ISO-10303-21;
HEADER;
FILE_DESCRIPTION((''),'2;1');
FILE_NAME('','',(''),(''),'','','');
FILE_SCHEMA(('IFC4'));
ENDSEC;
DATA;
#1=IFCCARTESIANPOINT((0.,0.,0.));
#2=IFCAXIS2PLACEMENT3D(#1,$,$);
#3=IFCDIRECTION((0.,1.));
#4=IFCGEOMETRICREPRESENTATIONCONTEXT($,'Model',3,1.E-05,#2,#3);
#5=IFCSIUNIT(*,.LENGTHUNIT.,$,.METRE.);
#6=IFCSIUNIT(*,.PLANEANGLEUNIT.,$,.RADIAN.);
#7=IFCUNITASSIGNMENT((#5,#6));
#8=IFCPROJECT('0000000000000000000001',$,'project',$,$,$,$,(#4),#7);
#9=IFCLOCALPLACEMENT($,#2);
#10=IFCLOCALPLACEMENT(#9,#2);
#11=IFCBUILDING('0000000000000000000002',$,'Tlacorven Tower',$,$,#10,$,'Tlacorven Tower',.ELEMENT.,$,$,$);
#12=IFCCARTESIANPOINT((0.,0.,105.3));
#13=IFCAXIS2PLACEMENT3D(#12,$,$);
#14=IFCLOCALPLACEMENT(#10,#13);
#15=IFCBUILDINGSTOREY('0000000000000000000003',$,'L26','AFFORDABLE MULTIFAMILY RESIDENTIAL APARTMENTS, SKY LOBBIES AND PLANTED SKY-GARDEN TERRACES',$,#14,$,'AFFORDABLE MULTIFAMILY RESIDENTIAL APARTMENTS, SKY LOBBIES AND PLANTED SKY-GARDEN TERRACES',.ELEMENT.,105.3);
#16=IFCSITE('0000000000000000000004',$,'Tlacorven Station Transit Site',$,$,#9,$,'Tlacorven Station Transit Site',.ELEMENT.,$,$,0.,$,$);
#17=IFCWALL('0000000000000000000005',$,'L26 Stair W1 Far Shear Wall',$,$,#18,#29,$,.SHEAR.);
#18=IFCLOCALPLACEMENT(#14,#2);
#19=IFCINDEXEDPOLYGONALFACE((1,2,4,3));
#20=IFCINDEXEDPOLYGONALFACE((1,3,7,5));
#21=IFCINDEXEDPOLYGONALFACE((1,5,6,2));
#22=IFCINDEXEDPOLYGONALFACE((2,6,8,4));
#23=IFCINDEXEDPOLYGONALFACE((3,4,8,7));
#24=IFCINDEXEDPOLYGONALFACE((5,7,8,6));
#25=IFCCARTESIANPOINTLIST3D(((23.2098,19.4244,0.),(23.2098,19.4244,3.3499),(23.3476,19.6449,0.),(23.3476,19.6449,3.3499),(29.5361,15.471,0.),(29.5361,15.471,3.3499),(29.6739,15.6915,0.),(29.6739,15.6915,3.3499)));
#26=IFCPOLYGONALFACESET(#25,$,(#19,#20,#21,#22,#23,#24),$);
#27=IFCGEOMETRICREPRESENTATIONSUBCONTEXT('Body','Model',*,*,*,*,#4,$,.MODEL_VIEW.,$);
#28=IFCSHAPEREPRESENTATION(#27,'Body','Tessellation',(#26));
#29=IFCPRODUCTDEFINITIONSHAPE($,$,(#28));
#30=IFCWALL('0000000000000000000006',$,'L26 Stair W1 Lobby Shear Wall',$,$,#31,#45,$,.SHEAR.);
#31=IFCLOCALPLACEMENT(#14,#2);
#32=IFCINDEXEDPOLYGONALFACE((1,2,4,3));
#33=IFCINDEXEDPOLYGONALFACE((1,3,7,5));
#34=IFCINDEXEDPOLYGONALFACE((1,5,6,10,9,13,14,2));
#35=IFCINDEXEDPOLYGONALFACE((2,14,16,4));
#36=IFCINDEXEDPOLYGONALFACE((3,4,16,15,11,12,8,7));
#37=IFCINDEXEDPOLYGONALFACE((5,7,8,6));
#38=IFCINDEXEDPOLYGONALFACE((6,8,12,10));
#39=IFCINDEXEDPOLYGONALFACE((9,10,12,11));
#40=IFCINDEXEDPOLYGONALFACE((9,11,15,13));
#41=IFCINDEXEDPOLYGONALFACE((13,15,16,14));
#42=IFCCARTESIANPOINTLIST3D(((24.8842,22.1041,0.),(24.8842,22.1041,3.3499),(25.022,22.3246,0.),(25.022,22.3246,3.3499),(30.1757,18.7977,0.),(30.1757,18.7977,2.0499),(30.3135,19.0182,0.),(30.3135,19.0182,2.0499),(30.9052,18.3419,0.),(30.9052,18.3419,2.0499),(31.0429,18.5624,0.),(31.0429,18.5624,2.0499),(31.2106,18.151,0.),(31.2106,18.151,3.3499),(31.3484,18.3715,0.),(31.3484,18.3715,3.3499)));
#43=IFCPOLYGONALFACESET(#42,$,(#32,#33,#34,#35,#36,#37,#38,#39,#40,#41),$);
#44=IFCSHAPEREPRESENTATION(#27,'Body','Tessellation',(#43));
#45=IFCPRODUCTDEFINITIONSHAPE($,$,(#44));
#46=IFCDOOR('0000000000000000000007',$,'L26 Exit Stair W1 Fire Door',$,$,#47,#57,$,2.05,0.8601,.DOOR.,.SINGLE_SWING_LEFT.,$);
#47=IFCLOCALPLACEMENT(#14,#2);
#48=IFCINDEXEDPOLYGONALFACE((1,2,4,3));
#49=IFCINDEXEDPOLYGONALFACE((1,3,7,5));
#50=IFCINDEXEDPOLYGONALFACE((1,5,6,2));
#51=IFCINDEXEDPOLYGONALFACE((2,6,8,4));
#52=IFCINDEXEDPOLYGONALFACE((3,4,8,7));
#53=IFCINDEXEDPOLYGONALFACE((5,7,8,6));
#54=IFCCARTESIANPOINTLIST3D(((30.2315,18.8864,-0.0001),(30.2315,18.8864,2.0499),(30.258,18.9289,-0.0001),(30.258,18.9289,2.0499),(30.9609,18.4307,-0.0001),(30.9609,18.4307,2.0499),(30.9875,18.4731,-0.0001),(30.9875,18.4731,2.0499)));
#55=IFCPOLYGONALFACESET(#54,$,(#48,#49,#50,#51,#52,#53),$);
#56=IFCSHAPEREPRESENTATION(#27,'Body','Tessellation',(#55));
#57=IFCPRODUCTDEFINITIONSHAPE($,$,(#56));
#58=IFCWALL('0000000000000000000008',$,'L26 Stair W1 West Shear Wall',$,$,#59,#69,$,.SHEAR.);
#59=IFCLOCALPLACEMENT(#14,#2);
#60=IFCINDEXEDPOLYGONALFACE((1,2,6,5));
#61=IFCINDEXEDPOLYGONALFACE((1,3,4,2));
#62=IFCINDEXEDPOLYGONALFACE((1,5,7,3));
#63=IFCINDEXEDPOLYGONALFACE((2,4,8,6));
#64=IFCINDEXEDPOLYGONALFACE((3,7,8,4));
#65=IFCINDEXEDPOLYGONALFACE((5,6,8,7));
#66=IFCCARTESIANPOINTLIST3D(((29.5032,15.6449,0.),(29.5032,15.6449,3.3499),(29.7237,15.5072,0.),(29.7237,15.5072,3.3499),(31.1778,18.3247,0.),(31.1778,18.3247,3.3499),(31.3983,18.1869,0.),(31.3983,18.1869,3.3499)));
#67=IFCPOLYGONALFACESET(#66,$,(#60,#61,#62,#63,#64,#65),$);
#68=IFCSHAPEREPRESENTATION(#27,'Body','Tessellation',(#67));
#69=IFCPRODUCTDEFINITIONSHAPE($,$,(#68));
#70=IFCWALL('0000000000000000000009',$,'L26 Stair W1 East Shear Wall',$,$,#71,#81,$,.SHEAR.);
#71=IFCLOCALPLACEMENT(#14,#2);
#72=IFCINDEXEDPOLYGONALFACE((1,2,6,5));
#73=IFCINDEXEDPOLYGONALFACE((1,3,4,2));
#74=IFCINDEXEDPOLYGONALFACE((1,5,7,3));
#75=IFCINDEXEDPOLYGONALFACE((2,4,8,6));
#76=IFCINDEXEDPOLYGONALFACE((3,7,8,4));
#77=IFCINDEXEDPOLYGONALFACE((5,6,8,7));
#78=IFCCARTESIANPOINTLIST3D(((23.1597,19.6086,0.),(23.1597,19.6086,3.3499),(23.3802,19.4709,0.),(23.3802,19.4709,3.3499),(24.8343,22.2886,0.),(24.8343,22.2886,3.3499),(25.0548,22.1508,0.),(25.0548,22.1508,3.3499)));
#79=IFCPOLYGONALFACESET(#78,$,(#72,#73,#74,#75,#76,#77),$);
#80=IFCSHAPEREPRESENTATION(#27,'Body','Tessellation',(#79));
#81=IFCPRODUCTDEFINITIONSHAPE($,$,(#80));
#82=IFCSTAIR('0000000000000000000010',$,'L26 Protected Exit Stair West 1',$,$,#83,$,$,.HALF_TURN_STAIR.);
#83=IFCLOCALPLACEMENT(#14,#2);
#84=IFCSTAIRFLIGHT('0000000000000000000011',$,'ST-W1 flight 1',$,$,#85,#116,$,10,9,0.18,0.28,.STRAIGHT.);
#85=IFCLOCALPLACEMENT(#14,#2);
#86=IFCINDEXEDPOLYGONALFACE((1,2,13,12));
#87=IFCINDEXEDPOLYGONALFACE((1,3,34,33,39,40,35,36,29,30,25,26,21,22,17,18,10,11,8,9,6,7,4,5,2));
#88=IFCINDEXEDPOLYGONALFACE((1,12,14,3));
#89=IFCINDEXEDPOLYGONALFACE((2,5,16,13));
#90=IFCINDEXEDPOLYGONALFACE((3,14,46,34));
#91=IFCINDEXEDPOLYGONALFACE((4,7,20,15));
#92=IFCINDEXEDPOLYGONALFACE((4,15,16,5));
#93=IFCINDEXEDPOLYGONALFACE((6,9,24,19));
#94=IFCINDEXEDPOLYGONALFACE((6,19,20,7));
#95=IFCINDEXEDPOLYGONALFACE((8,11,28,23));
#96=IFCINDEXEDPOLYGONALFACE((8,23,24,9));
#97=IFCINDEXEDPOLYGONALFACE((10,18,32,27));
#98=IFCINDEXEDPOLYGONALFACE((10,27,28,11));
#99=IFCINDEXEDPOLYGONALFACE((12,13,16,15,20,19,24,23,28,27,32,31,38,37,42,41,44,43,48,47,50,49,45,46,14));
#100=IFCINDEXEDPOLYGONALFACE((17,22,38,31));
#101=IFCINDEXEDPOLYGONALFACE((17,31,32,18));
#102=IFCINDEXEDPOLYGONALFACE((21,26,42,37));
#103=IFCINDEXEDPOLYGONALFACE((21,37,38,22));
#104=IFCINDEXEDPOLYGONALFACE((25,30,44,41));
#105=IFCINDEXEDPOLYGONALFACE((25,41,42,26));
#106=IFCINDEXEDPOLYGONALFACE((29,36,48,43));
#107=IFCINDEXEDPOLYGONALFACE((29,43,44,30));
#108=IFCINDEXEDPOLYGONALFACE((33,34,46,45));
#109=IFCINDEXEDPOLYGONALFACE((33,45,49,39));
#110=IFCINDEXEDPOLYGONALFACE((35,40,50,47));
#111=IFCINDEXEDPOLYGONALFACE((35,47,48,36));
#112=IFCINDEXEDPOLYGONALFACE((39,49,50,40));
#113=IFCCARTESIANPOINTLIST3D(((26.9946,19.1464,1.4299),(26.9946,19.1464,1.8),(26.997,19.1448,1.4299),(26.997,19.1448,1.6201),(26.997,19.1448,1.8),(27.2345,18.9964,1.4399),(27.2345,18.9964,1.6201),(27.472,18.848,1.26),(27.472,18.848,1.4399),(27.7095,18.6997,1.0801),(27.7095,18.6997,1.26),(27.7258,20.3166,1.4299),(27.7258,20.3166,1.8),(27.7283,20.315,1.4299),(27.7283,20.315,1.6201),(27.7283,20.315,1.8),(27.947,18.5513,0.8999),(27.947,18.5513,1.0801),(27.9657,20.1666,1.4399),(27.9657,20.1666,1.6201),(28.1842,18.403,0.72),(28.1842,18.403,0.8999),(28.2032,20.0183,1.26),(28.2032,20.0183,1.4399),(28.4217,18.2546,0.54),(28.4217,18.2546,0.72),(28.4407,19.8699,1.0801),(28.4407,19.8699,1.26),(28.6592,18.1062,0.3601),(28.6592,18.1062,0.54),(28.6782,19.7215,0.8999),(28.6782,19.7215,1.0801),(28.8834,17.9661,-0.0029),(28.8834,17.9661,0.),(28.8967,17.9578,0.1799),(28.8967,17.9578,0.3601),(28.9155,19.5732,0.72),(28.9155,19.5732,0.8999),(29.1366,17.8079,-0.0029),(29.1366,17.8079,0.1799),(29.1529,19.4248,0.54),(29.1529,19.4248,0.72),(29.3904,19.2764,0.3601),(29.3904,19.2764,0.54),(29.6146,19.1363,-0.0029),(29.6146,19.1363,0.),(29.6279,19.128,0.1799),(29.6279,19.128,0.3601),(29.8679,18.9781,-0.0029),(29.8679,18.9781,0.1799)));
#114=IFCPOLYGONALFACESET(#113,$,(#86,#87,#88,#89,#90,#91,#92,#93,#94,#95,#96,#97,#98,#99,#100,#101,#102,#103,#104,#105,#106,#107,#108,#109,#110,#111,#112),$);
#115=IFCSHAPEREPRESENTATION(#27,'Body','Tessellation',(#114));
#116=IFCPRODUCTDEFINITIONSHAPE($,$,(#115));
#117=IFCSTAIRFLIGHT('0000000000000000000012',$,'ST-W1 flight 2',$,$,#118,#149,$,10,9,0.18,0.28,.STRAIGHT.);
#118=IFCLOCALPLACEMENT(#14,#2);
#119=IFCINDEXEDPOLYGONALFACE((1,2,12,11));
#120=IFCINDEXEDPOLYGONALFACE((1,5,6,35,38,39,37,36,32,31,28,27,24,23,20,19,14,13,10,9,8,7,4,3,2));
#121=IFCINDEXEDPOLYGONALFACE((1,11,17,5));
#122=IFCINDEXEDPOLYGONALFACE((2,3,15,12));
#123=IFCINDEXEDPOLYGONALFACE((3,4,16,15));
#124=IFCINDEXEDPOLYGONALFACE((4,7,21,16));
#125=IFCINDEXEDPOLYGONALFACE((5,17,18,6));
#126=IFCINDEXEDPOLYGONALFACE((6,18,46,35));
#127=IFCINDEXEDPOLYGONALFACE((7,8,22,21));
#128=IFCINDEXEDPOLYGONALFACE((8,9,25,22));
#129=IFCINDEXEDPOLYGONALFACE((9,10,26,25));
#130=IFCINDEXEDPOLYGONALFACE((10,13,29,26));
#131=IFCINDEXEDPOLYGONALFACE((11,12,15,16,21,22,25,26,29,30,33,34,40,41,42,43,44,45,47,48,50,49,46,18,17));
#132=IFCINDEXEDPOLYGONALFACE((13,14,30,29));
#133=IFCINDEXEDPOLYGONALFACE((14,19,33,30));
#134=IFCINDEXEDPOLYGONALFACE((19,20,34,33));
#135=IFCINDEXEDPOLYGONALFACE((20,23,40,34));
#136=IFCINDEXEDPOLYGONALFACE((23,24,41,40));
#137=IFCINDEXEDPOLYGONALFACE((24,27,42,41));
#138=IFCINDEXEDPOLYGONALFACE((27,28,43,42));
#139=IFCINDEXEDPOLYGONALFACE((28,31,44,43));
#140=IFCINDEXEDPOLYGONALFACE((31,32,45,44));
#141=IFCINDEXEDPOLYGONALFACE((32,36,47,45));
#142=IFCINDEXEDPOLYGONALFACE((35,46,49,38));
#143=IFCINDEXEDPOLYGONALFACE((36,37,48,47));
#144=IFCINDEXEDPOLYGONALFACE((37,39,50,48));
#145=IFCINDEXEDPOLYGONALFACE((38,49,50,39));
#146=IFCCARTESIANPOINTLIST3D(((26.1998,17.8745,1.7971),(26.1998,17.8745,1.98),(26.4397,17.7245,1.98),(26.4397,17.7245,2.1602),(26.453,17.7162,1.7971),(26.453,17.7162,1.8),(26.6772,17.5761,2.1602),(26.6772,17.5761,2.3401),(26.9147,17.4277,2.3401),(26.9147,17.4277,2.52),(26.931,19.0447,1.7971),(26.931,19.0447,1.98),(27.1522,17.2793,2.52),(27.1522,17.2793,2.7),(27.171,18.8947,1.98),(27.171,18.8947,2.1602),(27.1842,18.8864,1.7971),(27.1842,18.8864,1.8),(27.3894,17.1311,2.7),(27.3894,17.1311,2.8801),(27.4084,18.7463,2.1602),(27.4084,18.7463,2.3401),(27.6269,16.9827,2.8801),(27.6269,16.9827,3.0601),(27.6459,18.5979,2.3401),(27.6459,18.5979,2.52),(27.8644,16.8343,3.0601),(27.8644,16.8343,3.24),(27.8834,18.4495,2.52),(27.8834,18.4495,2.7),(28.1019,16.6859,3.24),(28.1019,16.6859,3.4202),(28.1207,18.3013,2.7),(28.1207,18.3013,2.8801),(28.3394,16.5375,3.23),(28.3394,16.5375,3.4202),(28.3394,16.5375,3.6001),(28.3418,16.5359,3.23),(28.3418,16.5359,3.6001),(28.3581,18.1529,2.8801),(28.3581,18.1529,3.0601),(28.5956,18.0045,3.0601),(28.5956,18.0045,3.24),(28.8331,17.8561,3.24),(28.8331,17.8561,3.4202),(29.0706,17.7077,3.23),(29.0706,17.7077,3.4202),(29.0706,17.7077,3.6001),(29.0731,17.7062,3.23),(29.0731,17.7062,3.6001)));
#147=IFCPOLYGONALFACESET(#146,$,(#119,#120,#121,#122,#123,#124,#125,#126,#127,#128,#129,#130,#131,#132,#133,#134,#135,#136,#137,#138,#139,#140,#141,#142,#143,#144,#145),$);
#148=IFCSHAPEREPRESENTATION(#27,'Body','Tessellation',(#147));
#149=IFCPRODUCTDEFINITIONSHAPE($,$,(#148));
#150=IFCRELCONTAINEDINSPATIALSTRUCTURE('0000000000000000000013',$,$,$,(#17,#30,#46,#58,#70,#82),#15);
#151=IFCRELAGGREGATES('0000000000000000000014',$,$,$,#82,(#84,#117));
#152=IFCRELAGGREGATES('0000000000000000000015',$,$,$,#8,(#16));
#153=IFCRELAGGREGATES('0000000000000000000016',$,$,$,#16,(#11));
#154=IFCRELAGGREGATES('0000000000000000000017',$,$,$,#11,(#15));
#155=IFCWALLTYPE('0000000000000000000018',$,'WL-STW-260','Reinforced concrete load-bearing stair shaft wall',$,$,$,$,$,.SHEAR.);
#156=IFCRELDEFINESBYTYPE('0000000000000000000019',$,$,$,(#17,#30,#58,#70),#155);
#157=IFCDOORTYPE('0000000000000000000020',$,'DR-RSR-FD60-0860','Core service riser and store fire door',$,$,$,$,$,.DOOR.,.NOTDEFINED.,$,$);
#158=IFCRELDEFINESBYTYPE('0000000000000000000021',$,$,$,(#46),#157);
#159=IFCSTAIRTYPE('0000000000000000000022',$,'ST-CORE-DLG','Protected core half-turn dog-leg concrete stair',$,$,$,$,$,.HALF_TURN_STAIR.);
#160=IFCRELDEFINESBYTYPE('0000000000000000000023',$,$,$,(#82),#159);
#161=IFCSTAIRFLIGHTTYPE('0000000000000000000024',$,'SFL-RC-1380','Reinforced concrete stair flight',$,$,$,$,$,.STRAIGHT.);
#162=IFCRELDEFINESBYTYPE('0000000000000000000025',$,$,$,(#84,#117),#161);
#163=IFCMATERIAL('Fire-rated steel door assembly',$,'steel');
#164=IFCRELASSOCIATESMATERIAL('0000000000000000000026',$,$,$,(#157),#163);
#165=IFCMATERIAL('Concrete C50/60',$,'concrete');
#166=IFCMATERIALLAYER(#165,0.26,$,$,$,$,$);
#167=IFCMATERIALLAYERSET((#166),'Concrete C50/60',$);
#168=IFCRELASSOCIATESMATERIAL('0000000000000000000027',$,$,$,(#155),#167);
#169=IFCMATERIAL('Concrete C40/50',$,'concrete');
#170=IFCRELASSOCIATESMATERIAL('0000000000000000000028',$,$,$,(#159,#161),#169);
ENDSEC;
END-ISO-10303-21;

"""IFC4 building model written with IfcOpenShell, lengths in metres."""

from ifc_helpers import new_model, si_unit, direction, frame, frame_2d, origin, place, context, subcontext, project, spatial, polyline, rectangle, outline, extrude, source, transform, mapped, material, layer, layer_set, type_object, element, fill, aggregate, save


model = new_model("IFC4")

# Units and contexts
model_context = context("Model", 3, precision=1e-05, world=origin(), true_north=direction((0.0, 1.0)))
body_context = subcontext(model_context, "Body", "Model", "MODEL_VIEW")
ifc_project = project(units=[si_unit("LENGTHUNIT", "METRE"), si_unit("PLANEANGLEUNIT", "RADIAN")], contexts=[model_context])

# Site, building, storey
site_placement = place(None, origin())
site = spatial("IfcSite", under=ifc_project, at=site_placement, Name="Tlacorven Station Transit Site", LongName="Tlacorven Station Transit Site", CompositionType="ELEMENT", RefElevation=0.0)
building_placement = place(site_placement, origin())
building = spatial("IfcBuilding", under=site, at=building_placement, Name="Tlacorven Tower", LongName="Tlacorven Tower", CompositionType="ELEMENT")
storey_placement = place(building_placement, frame((0.0, 0.0, 105.3)))
storey = spatial("IfcBuildingStorey", under=building, at=storey_placement, Name="L26", Description="AFFORDABLE MULTIFAMILY RESIDENTIAL APARTMENTS, SKY LOBBIES AND PLANTED SKY-GARDEN TERRACES", LongName="AFFORDABLE MULTIFAMILY RESIDENTIAL APARTMENTS, SKY LOBBIES AND PLANTED SKY-GARDEN TERRACES", CompositionType="ELEMENT", Elevation=105.3)

# Shared definitions
ifc_material_1 = material(Name="Concrete C40/50", Category="concrete")

# Shared definitions
ifc_material_2 = material(Name="Fire-rated steel door assembly", Category="steel")
door_type_1 = type_object("IfcDoorType", Name="DR-RSR-FD60-0860", Description="Core service riser and store fire door", OperationType="NOTDEFINED", PredefinedType="DOOR", material=ifc_material_2)
shared_shape_1 = source(origin(), body_context, "Body", "SweptSolid", [
    extrude(rectangle(XDim=0.8601, YDim=2.05, at=frame_2d((0.4302, 1.0249))), frame((0.0, 0.0249, 0.0), z_axis=(0.0, -1.0, 0.0), x_axis=(1.0, 0.0, 0.0)), (0.0, 0.0, 1.0), 0.05),
])

# Wall
ifc_material_3 = material(Name="Concrete C50/60", Category="concrete")
ifc_layer_1 = layer(ifc_material_3, 0.26)
ifc_layer_set_1 = layer_set([ifc_layer_1], Name="Concrete C50/60")
wall_type_1 = type_object("IfcWallType", Name="WL-STW-260", Description="Reinforced concrete load-bearing stair shaft wall", PredefinedType="SHEAR", material=ifc_layer_set_1)
wall_1_placement = place(storey_placement, frame((29.605, 15.5813, 0.0), z_axis=(0.0, 0.0, 1.0), x_axis=(-0.848037, 0.529937, 0.0)))
element("IfcWall", 1, at=wall_1_placement, inside=storey, type_object=wall_type_1, Name="L26 Stair W1 Far Shear Wall", PredefinedType="SHEAR", context=body_context, shape_type="SweptSolid", body=[
    extrude(rectangle(XDim=7.46, YDim=0.26, at=frame_2d((3.73, 0.0))), origin(), (0.0, 0.0, 1.0), 3.3499),
])

# Wall, opening, door
wall_2_placement = place(storey_placement, frame((31.2795, 18.2612, 0.0), z_axis=(0.0, 0.0, 1.0), x_axis=(-0.848052, 0.529914, 0.0)))
wall_2 = element("IfcWall", 2, at=wall_2_placement, inside=storey, type_object=wall_type_1, Name="L26 Stair W1 Lobby Shear Wall", PredefinedType="SHEAR", context=body_context, shape_type="SweptSolid", body=[
    extrude(rectangle(XDim=7.46, YDim=0.26, at=frame_2d((3.73, 0.0))), origin(), (0.0, 0.0, 1.0), 3.3499),
])
opening_1_placement = place(wall_2_placement, frame((0.3601, 0.0, 0.0)))
opening_1 = element("IfcOpeningElement", 3, at=opening_1_placement, cuts=wall_2, PredefinedType="OPENING", context=body_context, shape_type="SweptSolid", body=[
    extrude(rectangle(XDim=0.8601, YDim=2.05, at=frame_2d((0.4302, 1.0249))), frame((0.0, 0.1401, 0.0), z_axis=(0.0, -1.0, 0.0), x_axis=(1.0, 0.0, 0.0)), (0.0, 0.0, 1.0), 0.28),
])
door_1_placement = place(opening_1_placement, frame((0.8601, 0.0, 0.0), z_axis=(0.0, 0.0, 1.0), x_axis=(-1.0, 0.0, 0.0)))
door_1 = element("IfcDoor", 4, at=door_1_placement, inside=storey, type_object=door_type_1, Name="L26 Exit Stair W1 Fire Door", OperationType="SINGLE_SWING_LEFT", OverallHeight=2.05, OverallWidth=0.8601, PredefinedType="DOOR", context=body_context, shape_type="MappedRepresentation", body=[
    mapped(shared_shape_1, transform((0.0, 0.0, 0.0), scale=1.0)),
])
fill(opening_1, door_1)

# Walls
wall_3_placement = place(storey_placement, frame((31.2881, 18.2559, 0.0), z_axis=(0.0, 0.0, 1.0), x_axis=(-0.529943, -0.848033, 0.0)))
element("IfcWall", 5, at=wall_3_placement, inside=storey, type_object=wall_type_1, Name="L26 Stair W1 West Shear Wall", PredefinedType="SHEAR", context=body_context, shape_type="SweptSolid", body=[
    extrude(rectangle(XDim=3.1599, YDim=0.26, at=frame_2d((1.5801, 0.0))), origin(), (0.0, 0.0, 1.0), 3.3499),
])
wall_4_placement = place(storey_placement, frame((24.9446, 22.2197, 0.0), z_axis=(0.0, 0.0, 1.0), x_axis=(-0.529909, -0.848055, 0.0)))
element("IfcWall", 6, at=wall_4_placement, inside=storey, type_object=wall_type_1, Name="L26 Stair W1 East Shear Wall", PredefinedType="SHEAR", context=body_context, shape_type="SweptSolid", body=[
    extrude(rectangle(XDim=3.1602, YDim=0.26, at=frame_2d((1.5801, 0.0))), origin(), (0.0, 0.0, 1.0), 3.3499),
])

# Stair, stair flights
stair_type = type_object("IfcStairType", Name="ST-CORE-DLG", Description="Protected core half-turn dog-leg concrete stair", PredefinedType="HALF_TURN_STAIR", material=ifc_material_1)
stair_placement = place(storey_placement, origin())
stair = element("IfcStair", 7, at=stair_placement, inside=storey, type_object=stair_type, Name="L26 Protected Exit Stair West 1", PredefinedType="HALF_TURN_STAIR")
stair_flight_type = type_object("IfcStairFlightType", Name="SFL-RC-1380", Description="Reinforced concrete stair flight", PredefinedType="STRAIGHT", material=ifc_material_1)
shared_shape_2 = source(origin(), body_context, "Body", "SweptSolid", [
    extrude(outline(polyline([(-0.0029, -0.0029), (-0.0029, 0.1799), (0.28, 0.1799), (0.28, 0.3601), (0.5601, 0.3601), (0.5601, 0.54), (0.8401, 0.54), (0.8401, 0.72), (1.1201, 0.72), (1.1201, 0.8999), (1.3999, 0.8999), (1.3999, 1.0801), (1.6799, 1.0801), (1.6799, 1.26), (1.96, 1.26), (1.96, 1.4399), (2.24, 1.4399), (2.24, 1.6201), (2.52, 1.6201), (2.52, 1.8), (2.5229, 1.8), (2.5229, 1.4299), (2.52, 1.4299), (0.2957, 0.0), (0.2957, -0.0029), (-0.0029, -0.0029)])), frame((0.0, 0.6899, 0.0), z_axis=(0.0, -1.0, 0.0), x_axis=(1.0, 0.0, 0.0)), (0.0, 0.0, 1.0), 1.3799),
])
stair_flight_1_placement = place(storey_placement, frame((29.4998, 18.3945, 0.0), z_axis=(0.0, 0.0, 1.0), x_axis=(-0.848048, 0.529919, 0.0)))
stair_flight_1 = element("IfcStairFlight", 8, at=stair_flight_1_placement, type_object=stair_flight_type, Name="ST-W1 flight 1", NumberOfRisers=10, NumberOfTreads=9, PredefinedType="STRAIGHT", RiserHeight=0.18, TreadLength=0.28, context=body_context, shape_type="MappedRepresentation", body=[
    mapped(shared_shape_2, transform((0.0, 0.0, 0.0), scale=1.0)),
])
stair_flight_2_placement = place(storey_placement, frame((26.5679, 18.458, 1.8), z_axis=(0.0, 0.0, 1.0), x_axis=(0.848048, -0.529919, 0.0)))
stair_flight_2 = element("IfcStairFlight", 9, at=stair_flight_2_placement, type_object=stair_flight_type, Name="ST-W1 flight 2", NumberOfRisers=10, NumberOfTreads=9, PredefinedType="STRAIGHT", RiserHeight=0.18, TreadLength=0.28, context=body_context, shape_type="MappedRepresentation", body=[
    mapped(shared_shape_2, transform((0.0, 0.0, 0.0), scale=1.0)),
])
aggregate(stair, [stair_flight_1, stair_flight_2])

save(model, "model.ifc")
